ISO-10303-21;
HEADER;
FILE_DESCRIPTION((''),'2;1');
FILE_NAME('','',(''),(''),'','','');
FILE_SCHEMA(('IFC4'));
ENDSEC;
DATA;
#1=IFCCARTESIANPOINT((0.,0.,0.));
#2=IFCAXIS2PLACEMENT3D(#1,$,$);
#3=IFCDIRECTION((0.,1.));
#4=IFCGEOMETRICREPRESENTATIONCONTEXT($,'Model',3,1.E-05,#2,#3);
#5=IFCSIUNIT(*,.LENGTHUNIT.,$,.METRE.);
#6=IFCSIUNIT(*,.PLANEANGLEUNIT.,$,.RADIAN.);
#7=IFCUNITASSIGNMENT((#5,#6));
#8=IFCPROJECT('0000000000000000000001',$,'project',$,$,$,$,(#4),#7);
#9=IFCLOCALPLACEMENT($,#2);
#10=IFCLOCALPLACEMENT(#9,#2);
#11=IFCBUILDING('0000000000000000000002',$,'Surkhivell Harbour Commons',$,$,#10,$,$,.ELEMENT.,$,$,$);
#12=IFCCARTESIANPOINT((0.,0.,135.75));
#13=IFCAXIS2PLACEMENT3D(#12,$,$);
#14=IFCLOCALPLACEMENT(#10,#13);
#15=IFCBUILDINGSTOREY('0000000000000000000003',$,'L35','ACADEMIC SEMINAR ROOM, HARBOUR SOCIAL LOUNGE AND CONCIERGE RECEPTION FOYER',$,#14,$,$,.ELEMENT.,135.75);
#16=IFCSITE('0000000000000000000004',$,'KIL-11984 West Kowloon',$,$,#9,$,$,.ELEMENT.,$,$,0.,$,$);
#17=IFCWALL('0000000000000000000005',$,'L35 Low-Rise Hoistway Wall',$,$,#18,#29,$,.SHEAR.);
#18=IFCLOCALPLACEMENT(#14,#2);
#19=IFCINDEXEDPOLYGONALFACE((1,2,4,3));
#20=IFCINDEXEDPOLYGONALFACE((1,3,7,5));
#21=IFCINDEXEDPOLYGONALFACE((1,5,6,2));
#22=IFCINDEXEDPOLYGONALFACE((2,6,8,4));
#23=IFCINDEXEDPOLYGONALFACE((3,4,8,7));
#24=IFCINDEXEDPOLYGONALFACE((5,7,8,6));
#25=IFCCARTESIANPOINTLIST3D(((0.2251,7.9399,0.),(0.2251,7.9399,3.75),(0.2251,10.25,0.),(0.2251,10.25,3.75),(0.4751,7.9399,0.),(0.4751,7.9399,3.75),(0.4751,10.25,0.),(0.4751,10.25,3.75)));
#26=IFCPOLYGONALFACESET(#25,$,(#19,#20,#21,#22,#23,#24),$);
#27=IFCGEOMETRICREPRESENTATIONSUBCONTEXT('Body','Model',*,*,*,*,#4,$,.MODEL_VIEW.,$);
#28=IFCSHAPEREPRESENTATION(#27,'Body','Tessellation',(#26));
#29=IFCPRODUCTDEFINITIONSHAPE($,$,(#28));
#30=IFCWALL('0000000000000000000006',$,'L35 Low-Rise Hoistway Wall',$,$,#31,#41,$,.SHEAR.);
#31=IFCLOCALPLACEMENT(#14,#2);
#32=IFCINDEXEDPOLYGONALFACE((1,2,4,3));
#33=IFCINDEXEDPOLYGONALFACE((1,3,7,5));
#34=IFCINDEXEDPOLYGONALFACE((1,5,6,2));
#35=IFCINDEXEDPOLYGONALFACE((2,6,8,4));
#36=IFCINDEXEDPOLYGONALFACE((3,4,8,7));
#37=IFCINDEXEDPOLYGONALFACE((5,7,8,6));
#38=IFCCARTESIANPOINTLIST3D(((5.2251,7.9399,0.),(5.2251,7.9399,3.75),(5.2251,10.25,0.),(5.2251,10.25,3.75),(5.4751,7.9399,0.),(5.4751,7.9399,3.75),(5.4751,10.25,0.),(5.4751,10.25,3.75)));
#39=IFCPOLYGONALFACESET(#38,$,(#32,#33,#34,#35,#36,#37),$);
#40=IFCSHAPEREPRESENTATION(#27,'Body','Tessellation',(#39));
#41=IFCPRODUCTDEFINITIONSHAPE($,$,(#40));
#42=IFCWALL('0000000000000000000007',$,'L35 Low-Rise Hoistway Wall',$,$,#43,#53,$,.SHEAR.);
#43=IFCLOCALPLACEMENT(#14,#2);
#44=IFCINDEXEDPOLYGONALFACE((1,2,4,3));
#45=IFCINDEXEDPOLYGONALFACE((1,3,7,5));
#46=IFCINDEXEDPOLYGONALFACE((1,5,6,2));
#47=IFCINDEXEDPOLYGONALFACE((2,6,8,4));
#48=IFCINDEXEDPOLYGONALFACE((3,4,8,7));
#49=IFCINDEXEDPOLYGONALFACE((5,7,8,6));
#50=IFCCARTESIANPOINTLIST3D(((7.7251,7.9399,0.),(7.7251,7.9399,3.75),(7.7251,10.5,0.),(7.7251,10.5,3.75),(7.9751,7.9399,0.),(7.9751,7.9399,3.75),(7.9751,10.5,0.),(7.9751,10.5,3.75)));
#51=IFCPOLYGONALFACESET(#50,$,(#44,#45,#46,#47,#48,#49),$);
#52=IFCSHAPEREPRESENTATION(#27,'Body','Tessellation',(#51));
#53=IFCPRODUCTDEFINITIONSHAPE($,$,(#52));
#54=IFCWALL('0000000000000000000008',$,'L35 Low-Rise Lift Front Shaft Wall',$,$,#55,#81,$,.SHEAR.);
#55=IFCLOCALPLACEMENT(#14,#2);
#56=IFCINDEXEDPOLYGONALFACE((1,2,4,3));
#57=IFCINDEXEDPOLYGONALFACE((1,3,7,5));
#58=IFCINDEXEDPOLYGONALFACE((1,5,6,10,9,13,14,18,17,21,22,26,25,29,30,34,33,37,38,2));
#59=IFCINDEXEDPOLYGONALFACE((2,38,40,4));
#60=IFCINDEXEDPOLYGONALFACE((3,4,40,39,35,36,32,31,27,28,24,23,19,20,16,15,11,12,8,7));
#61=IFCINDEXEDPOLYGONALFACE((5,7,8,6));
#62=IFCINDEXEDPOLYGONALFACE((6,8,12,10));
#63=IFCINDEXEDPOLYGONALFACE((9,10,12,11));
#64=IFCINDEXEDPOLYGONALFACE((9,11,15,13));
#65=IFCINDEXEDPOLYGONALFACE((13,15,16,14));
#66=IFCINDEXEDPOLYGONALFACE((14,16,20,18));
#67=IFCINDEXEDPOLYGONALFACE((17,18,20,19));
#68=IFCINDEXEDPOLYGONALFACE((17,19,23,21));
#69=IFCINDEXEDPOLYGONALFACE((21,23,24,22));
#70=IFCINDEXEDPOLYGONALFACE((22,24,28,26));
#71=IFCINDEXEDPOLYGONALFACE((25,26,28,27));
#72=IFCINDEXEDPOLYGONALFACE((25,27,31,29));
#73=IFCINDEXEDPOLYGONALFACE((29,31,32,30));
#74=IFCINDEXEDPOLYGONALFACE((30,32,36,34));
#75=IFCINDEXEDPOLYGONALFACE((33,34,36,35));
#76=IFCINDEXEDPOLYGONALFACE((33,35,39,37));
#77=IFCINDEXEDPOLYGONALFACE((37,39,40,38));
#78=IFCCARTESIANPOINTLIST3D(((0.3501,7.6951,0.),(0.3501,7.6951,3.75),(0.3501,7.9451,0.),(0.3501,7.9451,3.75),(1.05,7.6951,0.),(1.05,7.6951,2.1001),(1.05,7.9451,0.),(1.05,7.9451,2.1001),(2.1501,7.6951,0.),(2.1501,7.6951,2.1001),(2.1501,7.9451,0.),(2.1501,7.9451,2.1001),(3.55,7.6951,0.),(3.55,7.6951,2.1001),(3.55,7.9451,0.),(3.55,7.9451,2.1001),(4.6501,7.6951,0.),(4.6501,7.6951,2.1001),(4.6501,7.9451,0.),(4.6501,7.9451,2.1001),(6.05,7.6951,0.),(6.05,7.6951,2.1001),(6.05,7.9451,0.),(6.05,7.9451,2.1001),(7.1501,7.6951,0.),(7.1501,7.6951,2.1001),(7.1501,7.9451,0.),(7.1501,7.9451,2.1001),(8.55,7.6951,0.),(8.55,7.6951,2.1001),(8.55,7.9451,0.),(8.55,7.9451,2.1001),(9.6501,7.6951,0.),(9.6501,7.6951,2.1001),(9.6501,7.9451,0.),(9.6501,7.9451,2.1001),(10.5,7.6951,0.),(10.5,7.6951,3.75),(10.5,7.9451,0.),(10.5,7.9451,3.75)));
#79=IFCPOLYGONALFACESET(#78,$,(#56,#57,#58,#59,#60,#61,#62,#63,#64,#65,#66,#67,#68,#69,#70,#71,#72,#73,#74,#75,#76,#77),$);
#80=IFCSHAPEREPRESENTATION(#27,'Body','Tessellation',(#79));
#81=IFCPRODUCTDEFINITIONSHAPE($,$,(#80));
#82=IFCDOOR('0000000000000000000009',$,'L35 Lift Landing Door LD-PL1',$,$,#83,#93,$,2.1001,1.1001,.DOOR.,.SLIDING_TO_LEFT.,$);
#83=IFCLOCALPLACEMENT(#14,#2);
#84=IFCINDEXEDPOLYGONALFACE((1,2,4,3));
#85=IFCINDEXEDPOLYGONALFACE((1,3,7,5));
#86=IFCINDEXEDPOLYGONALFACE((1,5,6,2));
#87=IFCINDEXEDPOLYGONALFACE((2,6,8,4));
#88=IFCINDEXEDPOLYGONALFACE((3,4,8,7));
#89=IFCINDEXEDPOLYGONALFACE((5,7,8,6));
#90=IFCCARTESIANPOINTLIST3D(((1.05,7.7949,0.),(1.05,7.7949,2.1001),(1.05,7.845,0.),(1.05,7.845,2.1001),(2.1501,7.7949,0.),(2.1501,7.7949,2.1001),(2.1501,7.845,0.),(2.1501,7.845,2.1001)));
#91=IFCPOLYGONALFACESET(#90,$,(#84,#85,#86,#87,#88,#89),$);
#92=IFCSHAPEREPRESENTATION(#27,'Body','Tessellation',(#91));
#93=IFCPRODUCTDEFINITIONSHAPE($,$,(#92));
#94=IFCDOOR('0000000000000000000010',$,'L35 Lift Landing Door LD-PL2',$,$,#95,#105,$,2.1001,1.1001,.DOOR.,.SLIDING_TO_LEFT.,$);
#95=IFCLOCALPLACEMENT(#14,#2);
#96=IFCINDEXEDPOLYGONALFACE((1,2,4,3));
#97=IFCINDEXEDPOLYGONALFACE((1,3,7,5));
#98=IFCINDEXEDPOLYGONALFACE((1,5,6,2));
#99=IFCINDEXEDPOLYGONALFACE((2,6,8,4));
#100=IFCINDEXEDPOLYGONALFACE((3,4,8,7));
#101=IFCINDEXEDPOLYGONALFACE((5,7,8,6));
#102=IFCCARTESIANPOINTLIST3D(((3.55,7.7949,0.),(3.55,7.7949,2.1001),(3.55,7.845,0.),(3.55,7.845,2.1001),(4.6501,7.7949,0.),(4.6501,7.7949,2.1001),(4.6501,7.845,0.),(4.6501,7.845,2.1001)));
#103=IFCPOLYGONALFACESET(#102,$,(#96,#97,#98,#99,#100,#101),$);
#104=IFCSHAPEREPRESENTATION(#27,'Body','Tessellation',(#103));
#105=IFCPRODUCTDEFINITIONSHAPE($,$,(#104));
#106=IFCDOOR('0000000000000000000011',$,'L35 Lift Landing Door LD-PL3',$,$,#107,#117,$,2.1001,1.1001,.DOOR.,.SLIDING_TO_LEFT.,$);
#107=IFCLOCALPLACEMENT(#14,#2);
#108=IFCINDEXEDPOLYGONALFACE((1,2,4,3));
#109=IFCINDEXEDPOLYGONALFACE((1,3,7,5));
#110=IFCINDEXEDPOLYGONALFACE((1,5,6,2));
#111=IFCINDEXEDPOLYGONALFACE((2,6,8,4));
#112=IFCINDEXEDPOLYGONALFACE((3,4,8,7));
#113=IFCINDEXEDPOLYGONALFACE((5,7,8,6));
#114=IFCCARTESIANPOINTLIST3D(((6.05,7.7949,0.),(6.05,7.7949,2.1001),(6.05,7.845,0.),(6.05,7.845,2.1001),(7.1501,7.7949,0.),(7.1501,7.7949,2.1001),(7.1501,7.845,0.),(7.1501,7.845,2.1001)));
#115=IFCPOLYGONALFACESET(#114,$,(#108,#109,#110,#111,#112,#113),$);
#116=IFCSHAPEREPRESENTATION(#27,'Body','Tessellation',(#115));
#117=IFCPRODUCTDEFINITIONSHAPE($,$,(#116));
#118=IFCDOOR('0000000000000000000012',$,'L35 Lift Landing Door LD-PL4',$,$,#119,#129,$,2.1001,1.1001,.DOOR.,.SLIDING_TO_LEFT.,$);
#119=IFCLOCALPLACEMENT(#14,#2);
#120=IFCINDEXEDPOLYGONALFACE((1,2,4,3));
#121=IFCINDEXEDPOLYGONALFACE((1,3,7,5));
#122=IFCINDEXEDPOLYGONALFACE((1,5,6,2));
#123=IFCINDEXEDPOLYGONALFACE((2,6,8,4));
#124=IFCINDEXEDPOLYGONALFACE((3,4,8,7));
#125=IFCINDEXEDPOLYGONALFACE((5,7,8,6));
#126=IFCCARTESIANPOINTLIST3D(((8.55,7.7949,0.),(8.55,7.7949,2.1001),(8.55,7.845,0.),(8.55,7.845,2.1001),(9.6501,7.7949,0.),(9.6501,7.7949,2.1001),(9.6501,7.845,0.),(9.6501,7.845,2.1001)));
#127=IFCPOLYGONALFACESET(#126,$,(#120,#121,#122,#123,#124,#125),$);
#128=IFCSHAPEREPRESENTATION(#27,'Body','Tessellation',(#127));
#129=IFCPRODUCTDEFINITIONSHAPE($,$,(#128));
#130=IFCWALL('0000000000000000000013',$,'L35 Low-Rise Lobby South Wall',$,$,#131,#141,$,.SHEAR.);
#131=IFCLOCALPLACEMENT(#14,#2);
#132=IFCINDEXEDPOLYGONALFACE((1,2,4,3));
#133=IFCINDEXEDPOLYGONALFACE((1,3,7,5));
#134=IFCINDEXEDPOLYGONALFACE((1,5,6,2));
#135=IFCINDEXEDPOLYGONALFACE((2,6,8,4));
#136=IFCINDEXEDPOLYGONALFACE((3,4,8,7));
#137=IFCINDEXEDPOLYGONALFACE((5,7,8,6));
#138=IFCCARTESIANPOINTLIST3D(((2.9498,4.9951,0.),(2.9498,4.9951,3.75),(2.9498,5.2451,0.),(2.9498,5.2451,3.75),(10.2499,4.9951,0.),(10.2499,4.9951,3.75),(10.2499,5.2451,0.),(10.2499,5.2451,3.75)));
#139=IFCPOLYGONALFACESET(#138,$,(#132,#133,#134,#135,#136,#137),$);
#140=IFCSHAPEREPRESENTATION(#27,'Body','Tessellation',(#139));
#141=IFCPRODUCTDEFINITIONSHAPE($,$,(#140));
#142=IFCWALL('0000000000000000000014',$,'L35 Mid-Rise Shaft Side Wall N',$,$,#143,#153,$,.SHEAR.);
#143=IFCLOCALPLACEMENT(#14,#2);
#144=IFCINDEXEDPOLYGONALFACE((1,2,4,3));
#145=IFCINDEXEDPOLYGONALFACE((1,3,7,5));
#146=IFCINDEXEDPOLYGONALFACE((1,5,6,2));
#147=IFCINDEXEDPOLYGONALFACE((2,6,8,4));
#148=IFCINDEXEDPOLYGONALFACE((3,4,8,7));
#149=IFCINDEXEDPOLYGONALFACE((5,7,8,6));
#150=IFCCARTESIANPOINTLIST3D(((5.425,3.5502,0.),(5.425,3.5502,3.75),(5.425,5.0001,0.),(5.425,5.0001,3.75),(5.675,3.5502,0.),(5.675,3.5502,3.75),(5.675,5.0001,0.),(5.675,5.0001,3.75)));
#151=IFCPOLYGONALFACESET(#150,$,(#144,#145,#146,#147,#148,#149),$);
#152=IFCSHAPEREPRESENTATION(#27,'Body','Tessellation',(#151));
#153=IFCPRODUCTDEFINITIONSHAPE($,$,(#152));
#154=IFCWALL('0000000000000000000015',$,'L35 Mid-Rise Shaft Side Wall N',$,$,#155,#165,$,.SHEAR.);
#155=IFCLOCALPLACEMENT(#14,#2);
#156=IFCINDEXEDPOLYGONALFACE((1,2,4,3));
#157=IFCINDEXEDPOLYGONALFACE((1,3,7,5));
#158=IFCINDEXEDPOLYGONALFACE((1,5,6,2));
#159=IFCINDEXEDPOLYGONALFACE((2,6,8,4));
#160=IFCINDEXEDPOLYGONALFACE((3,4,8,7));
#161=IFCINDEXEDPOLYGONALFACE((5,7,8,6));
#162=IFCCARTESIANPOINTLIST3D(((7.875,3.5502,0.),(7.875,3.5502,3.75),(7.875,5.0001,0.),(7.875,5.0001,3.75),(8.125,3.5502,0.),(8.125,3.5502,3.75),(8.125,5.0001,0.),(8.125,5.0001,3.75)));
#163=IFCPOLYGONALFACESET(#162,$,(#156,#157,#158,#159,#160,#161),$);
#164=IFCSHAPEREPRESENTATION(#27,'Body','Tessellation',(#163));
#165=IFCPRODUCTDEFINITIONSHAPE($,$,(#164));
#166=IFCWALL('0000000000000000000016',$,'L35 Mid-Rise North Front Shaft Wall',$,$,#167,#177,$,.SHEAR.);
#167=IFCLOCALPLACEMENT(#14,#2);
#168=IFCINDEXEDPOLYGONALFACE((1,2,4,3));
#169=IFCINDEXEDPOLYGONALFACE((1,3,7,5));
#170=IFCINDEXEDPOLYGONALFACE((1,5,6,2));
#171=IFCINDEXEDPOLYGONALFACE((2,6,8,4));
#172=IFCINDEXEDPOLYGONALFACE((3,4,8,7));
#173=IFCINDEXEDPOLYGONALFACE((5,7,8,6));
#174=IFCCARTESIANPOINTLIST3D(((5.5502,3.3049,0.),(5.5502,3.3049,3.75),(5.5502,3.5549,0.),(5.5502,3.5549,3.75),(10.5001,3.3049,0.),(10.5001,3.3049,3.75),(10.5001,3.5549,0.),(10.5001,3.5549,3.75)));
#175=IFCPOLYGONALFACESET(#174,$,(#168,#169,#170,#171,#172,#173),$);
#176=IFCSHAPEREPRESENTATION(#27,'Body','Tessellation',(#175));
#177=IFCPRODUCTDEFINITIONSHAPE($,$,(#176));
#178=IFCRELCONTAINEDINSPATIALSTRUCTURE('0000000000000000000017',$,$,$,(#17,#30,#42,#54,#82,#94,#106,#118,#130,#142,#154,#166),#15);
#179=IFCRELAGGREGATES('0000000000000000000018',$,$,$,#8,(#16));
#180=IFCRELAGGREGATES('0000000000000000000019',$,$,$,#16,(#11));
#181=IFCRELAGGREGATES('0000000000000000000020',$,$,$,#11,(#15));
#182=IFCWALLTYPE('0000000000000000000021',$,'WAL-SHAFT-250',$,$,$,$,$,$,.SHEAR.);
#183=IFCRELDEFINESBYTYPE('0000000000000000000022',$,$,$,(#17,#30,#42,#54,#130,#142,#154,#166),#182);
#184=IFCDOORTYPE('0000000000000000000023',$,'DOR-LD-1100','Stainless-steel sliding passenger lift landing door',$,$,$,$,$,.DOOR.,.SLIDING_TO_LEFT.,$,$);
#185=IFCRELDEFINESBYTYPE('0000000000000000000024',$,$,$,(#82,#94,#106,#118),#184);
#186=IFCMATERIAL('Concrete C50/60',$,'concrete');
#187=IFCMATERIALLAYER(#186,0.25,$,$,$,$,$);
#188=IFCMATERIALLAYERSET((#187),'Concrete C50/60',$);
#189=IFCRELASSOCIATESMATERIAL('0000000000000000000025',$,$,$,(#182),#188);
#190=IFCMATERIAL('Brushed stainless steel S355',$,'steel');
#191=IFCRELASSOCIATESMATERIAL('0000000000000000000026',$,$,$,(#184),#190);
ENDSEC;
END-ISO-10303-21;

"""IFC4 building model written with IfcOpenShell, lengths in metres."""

from ifc_helpers import new_model, si_unit, direction, frame, frame_2d, origin, place, context, subcontext, project, spatial, rectangle, extrude, material, layer, layer_set, type_object, element, fill, save


model = new_model("IFC4")

# Units and contexts
model_context = context("Model", 3, precision=1e-05, world=origin(), true_north=direction((0.0, 1.0)))
body_context = subcontext(model_context, "Body", "Model", "MODEL_VIEW")
ifc_project = project(units=[si_unit("LENGTHUNIT", "METRE"), si_unit("PLANEANGLEUNIT", "RADIAN")], contexts=[model_context])

# Site, building, storey
site_placement = place(None, origin())
site = spatial("IfcSite", under=ifc_project, at=site_placement, Name="KIL-11984 West Kowloon", CompositionType="ELEMENT", RefElevation=0.0)
building_placement = place(site_placement, origin())
building = spatial("IfcBuilding", under=site, at=building_placement, Name="Surkhivell Harbour Commons", CompositionType="ELEMENT")
storey_placement = place(building_placement, frame((0.0, 0.0, 135.75)))
storey = spatial("IfcBuildingStorey", under=building, at=storey_placement, Name="L35", Description="ACADEMIC SEMINAR ROOM, HARBOUR SOCIAL LOUNGE AND CONCIERGE RECEPTION FOYER", CompositionType="ELEMENT", Elevation=135.75)

# Walls
ifc_material_1 = material(Name="Concrete C50/60", Category="concrete")
ifc_layer_1 = layer(ifc_material_1, 0.25)
ifc_layer_set_1 = layer_set([ifc_layer_1], Name="Concrete C50/60")
wall_type_1 = type_object("IfcWallType", Name="WAL-SHAFT-250", PredefinedType="SHEAR", material=ifc_layer_set_1)
for number, where, z_axis, x_axis, name in (
    (1, (0.3501, 7.9399, 0.0), (0.0, 0.0, 1.0), (0.0, 1.0, 0.0), "L35 Low-Rise Hoistway Wall"),
    (2, (5.3501, 7.9399, 0.0), (0.0, 0.0, 1.0), (0.0, 1.0, 0.0), "L35 Low-Rise Hoistway Wall"),
):
    element("IfcWall", number, at=place(storey_placement, frame(where, z_axis=z_axis, x_axis=x_axis)), inside=storey, type_object=wall_type_1, Name=name, PredefinedType="SHEAR", context=body_context, shape_type="SweptSolid", body=[
        extrude(rectangle(XDim=2.3101, YDim=0.25, at=frame_2d((1.155, 0.0))), origin(), (0.0, 0.0, 1.0), 3.75),
    ])
wall_1_placement = place(storey_placement, frame((7.8501, 7.9399, 0.0), z_axis=(0.0, 0.0, 1.0), x_axis=(0.0, 1.0, 0.0)))
element("IfcWall", 3, at=wall_1_placement, inside=storey, type_object=wall_type_1, Name="L35 Low-Rise Hoistway Wall", PredefinedType="SHEAR", context=body_context, shape_type="SweptSolid", body=[
    extrude(rectangle(XDim=2.5601, YDim=0.25, at=frame_2d((1.28, 0.0))), origin(), (0.0, 0.0, 1.0), 3.75),
])

# Wall, openings, doors
wall_2_placement = place(storey_placement, frame((0.3501, 7.8201, 0.0), z_axis=(0.0, 0.0, 1.0), x_axis=(1.0, 0.0, 0.0)))
wall_2 = element("IfcWall", 4, at=wall_2_placement, inside=storey, type_object=wall_type_1, Name="L35 Low-Rise Lift Front Shaft Wall", PredefinedType="SHEAR", context=body_context, shape_type="SweptSolid", body=[
    extrude(rectangle(XDim=10.1499, YDim=0.25, at=frame_2d((5.075, 0.0))), origin(), (0.0, 0.0, 1.0), 3.75),
])
opening_1_placement = place(wall_2_placement, frame((0.7, 0.0, 0.0)))
opening_1 = element("IfcOpeningElement", 5, at=opening_1_placement, cuts=wall_2, PredefinedType="OPENING", context=body_context, shape_type="SweptSolid", body=[
    extrude(rectangle(XDim=1.1001, YDim=2.1001, at=frame_2d((0.55, 1.05))), frame((0.0, 0.135, 0.0), z_axis=(0.0, -1.0, 0.0), x_axis=(1.0, 0.0, 0.0)), (0.0, 0.0, 1.0), 0.27),
])
opening_2_placement = place(wall_2_placement, frame((3.2, 0.0, 0.0)))
opening_2 = element("IfcOpeningElement", 6, at=opening_2_placement, cuts=wall_2, PredefinedType="OPENING", context=body_context, shape_type="SweptSolid", body=[
    extrude(rectangle(XDim=1.1001, YDim=2.1001, at=frame_2d((0.55, 1.05))), frame((0.0, 0.135, 0.0), z_axis=(0.0, -1.0, 0.0), x_axis=(1.0, 0.0, 0.0)), (0.0, 0.0, 1.0), 0.27),
])
opening_3_placement = place(wall_2_placement, frame((5.7, 0.0, 0.0)))
opening_3 = element("IfcOpeningElement", 7, at=opening_3_placement, cuts=wall_2, PredefinedType="OPENING", context=body_context, shape_type="SweptSolid", body=[
    extrude(rectangle(XDim=1.1001, YDim=2.1001, at=frame_2d((0.55, 1.05))), frame((0.0, 0.135, 0.0), z_axis=(0.0, -1.0, 0.0), x_axis=(1.0, 0.0, 0.0)), (0.0, 0.0, 1.0), 0.27),
])
opening_4_placement = place(wall_2_placement, frame((8.2, 0.0, 0.0)))
opening_4 = element("IfcOpeningElement", 8, at=opening_4_placement, cuts=wall_2, PredefinedType="OPENING", context=body_context, shape_type="SweptSolid", body=[
    extrude(rectangle(XDim=1.1001, YDim=2.1001, at=frame_2d((0.55, 1.05))), frame((0.0, 0.135, 0.0), z_axis=(0.0, -1.0, 0.0), x_axis=(1.0, 0.0, 0.0)), (0.0, 0.0, 1.0), 0.27),
])
ifc_material_2 = material(Name="Brushed stainless steel S355", Category="steel")
door_type_1 = type_object("IfcDoorType", Name="DOR-LD-1100", Description="Stainless-steel sliding passenger lift landing door", OperationType="SLIDING_TO_LEFT", PredefinedType="DOOR", material=ifc_material_2)
door_1_placement = place(opening_1_placement, origin())
door_1 = element("IfcDoor", 9, at=door_1_placement, inside=storey, type_object=door_type_1, Name="L35 Lift Landing Door LD-PL1", OperationType="SLIDING_TO_LEFT", OverallHeight=2.1001, OverallWidth=1.1001, PredefinedType="DOOR", context=body_context, shape_type="SweptSolid", body=[
    extrude(rectangle(XDim=1.1001, YDim=2.1001, at=frame_2d((0.55, 1.05))), frame((0.0, 0.0249, 0.0), z_axis=(0.0, -1.0, 0.0), x_axis=(1.0, 0.0, 0.0)), (0.0, 0.0, 1.0), 0.05),
])
fill(opening_1, door_1)
door_2_placement = place(opening_2_placement, origin())
door_2 = element("IfcDoor", 10, at=door_2_placement, inside=storey, type_object=door_type_1, Name="L35 Lift Landing Door LD-PL2", OperationType="SLIDING_TO_LEFT", OverallHeight=2.1001, OverallWidth=1.1001, PredefinedType="DOOR", context=body_context, shape_type="SweptSolid", body=[
    extrude(rectangle(XDim=1.1001, YDim=2.1001, at=frame_2d((0.55, 1.05))), frame((0.0, 0.0249, 0.0), z_axis=(0.0, -1.0, 0.0), x_axis=(1.0, 0.0, 0.0)), (0.0, 0.0, 1.0), 0.05),
])
fill(opening_2, door_2)
door_3_placement = place(opening_3_placement, origin())
door_3 = element("IfcDoor", 11, at=door_3_placement, inside=storey, type_object=door_type_1, Name="L35 Lift Landing Door LD-PL3", OperationType="SLIDING_TO_LEFT", OverallHeight=2.1001, OverallWidth=1.1001, PredefinedType="DOOR", context=body_context, shape_type="SweptSolid", body=[
    extrude(rectangle(XDim=1.1001, YDim=2.1001, at=frame_2d((0.55, 1.05))), frame((0.0, 0.0249, 0.0), z_axis=(0.0, -1.0, 0.0), x_axis=(1.0, 0.0, 0.0)), (0.0, 0.0, 1.0), 0.05),
])
fill(opening_3, door_3)
door_4_placement = place(opening_4_placement, origin())
door_4 = element("IfcDoor", 12, at=door_4_placement, inside=storey, type_object=door_type_1, Name="L35 Lift Landing Door LD-PL4", OperationType="SLIDING_TO_LEFT", OverallHeight=2.1001, OverallWidth=1.1001, PredefinedType="DOOR", context=body_context, shape_type="SweptSolid", body=[
    extrude(rectangle(XDim=1.1001, YDim=2.1001, at=frame_2d((0.55, 1.05))), frame((0.0, 0.0249, 0.0), z_axis=(0.0, -1.0, 0.0), x_axis=(1.0, 0.0, 0.0)), (0.0, 0.0, 1.0), 0.05),
])
fill(opening_4, door_4)

# Walls
wall_3_placement = place(storey_placement, frame((2.95, 5.1201, 0.0), z_axis=(0.0, 0.0, 1.0), x_axis=(1.0, 0.0, 0.0)))
element("IfcWall", 13, at=wall_3_placement, inside=storey, type_object=wall_type_1, Name="L35 Low-Rise Lobby South Wall", PredefinedType="SHEAR", context=body_context, shape_type="SweptSolid", body=[
    extrude(rectangle(XDim=7.3, YDim=0.25, at=frame_2d((3.6499, 0.0))), origin(), (0.0, 0.0, 1.0), 3.75),
])
for number, where, z_axis, x_axis, name in (
    (14, (5.55, 3.55, 0.0), (0.0, 0.0, 1.0), (0.0, 1.0, 0.0), "L35 Mid-Rise Shaft Side Wall N"),
    (15, (8.0, 3.55, 0.0), (0.0, 0.0, 1.0), (0.0, 1.0, 0.0), "L35 Mid-Rise Shaft Side Wall N"),
):
    element("IfcWall", number, at=place(storey_placement, frame(where, z_axis=z_axis, x_axis=x_axis)), inside=storey, type_object=wall_type_1, Name=name, PredefinedType="SHEAR", context=body_context, shape_type="SweptSolid", body=[
        extrude(rectangle(XDim=1.45, YDim=0.25, at=frame_2d((0.7251, 0.0))), origin(), (0.0, 0.0, 1.0), 3.75),
    ])
wall_4_placement = place(storey_placement, frame((5.55, 3.4299, 0.0), z_axis=(0.0, 0.0, 1.0), x_axis=(1.0, 0.0, 0.0)))
element("IfcWall", 16, at=wall_4_placement, inside=storey, type_object=wall_type_1, Name="L35 Mid-Rise North Front Shaft Wall", PredefinedType="SHEAR", context=body_context, shape_type="SweptSolid", body=[
    extrude(rectangle(XDim=4.95, YDim=0.25, at=frame_2d((2.4751, 0.0))), origin(), (0.0, 0.0, 1.0), 3.75),
])

save(model, "model.ifc")
